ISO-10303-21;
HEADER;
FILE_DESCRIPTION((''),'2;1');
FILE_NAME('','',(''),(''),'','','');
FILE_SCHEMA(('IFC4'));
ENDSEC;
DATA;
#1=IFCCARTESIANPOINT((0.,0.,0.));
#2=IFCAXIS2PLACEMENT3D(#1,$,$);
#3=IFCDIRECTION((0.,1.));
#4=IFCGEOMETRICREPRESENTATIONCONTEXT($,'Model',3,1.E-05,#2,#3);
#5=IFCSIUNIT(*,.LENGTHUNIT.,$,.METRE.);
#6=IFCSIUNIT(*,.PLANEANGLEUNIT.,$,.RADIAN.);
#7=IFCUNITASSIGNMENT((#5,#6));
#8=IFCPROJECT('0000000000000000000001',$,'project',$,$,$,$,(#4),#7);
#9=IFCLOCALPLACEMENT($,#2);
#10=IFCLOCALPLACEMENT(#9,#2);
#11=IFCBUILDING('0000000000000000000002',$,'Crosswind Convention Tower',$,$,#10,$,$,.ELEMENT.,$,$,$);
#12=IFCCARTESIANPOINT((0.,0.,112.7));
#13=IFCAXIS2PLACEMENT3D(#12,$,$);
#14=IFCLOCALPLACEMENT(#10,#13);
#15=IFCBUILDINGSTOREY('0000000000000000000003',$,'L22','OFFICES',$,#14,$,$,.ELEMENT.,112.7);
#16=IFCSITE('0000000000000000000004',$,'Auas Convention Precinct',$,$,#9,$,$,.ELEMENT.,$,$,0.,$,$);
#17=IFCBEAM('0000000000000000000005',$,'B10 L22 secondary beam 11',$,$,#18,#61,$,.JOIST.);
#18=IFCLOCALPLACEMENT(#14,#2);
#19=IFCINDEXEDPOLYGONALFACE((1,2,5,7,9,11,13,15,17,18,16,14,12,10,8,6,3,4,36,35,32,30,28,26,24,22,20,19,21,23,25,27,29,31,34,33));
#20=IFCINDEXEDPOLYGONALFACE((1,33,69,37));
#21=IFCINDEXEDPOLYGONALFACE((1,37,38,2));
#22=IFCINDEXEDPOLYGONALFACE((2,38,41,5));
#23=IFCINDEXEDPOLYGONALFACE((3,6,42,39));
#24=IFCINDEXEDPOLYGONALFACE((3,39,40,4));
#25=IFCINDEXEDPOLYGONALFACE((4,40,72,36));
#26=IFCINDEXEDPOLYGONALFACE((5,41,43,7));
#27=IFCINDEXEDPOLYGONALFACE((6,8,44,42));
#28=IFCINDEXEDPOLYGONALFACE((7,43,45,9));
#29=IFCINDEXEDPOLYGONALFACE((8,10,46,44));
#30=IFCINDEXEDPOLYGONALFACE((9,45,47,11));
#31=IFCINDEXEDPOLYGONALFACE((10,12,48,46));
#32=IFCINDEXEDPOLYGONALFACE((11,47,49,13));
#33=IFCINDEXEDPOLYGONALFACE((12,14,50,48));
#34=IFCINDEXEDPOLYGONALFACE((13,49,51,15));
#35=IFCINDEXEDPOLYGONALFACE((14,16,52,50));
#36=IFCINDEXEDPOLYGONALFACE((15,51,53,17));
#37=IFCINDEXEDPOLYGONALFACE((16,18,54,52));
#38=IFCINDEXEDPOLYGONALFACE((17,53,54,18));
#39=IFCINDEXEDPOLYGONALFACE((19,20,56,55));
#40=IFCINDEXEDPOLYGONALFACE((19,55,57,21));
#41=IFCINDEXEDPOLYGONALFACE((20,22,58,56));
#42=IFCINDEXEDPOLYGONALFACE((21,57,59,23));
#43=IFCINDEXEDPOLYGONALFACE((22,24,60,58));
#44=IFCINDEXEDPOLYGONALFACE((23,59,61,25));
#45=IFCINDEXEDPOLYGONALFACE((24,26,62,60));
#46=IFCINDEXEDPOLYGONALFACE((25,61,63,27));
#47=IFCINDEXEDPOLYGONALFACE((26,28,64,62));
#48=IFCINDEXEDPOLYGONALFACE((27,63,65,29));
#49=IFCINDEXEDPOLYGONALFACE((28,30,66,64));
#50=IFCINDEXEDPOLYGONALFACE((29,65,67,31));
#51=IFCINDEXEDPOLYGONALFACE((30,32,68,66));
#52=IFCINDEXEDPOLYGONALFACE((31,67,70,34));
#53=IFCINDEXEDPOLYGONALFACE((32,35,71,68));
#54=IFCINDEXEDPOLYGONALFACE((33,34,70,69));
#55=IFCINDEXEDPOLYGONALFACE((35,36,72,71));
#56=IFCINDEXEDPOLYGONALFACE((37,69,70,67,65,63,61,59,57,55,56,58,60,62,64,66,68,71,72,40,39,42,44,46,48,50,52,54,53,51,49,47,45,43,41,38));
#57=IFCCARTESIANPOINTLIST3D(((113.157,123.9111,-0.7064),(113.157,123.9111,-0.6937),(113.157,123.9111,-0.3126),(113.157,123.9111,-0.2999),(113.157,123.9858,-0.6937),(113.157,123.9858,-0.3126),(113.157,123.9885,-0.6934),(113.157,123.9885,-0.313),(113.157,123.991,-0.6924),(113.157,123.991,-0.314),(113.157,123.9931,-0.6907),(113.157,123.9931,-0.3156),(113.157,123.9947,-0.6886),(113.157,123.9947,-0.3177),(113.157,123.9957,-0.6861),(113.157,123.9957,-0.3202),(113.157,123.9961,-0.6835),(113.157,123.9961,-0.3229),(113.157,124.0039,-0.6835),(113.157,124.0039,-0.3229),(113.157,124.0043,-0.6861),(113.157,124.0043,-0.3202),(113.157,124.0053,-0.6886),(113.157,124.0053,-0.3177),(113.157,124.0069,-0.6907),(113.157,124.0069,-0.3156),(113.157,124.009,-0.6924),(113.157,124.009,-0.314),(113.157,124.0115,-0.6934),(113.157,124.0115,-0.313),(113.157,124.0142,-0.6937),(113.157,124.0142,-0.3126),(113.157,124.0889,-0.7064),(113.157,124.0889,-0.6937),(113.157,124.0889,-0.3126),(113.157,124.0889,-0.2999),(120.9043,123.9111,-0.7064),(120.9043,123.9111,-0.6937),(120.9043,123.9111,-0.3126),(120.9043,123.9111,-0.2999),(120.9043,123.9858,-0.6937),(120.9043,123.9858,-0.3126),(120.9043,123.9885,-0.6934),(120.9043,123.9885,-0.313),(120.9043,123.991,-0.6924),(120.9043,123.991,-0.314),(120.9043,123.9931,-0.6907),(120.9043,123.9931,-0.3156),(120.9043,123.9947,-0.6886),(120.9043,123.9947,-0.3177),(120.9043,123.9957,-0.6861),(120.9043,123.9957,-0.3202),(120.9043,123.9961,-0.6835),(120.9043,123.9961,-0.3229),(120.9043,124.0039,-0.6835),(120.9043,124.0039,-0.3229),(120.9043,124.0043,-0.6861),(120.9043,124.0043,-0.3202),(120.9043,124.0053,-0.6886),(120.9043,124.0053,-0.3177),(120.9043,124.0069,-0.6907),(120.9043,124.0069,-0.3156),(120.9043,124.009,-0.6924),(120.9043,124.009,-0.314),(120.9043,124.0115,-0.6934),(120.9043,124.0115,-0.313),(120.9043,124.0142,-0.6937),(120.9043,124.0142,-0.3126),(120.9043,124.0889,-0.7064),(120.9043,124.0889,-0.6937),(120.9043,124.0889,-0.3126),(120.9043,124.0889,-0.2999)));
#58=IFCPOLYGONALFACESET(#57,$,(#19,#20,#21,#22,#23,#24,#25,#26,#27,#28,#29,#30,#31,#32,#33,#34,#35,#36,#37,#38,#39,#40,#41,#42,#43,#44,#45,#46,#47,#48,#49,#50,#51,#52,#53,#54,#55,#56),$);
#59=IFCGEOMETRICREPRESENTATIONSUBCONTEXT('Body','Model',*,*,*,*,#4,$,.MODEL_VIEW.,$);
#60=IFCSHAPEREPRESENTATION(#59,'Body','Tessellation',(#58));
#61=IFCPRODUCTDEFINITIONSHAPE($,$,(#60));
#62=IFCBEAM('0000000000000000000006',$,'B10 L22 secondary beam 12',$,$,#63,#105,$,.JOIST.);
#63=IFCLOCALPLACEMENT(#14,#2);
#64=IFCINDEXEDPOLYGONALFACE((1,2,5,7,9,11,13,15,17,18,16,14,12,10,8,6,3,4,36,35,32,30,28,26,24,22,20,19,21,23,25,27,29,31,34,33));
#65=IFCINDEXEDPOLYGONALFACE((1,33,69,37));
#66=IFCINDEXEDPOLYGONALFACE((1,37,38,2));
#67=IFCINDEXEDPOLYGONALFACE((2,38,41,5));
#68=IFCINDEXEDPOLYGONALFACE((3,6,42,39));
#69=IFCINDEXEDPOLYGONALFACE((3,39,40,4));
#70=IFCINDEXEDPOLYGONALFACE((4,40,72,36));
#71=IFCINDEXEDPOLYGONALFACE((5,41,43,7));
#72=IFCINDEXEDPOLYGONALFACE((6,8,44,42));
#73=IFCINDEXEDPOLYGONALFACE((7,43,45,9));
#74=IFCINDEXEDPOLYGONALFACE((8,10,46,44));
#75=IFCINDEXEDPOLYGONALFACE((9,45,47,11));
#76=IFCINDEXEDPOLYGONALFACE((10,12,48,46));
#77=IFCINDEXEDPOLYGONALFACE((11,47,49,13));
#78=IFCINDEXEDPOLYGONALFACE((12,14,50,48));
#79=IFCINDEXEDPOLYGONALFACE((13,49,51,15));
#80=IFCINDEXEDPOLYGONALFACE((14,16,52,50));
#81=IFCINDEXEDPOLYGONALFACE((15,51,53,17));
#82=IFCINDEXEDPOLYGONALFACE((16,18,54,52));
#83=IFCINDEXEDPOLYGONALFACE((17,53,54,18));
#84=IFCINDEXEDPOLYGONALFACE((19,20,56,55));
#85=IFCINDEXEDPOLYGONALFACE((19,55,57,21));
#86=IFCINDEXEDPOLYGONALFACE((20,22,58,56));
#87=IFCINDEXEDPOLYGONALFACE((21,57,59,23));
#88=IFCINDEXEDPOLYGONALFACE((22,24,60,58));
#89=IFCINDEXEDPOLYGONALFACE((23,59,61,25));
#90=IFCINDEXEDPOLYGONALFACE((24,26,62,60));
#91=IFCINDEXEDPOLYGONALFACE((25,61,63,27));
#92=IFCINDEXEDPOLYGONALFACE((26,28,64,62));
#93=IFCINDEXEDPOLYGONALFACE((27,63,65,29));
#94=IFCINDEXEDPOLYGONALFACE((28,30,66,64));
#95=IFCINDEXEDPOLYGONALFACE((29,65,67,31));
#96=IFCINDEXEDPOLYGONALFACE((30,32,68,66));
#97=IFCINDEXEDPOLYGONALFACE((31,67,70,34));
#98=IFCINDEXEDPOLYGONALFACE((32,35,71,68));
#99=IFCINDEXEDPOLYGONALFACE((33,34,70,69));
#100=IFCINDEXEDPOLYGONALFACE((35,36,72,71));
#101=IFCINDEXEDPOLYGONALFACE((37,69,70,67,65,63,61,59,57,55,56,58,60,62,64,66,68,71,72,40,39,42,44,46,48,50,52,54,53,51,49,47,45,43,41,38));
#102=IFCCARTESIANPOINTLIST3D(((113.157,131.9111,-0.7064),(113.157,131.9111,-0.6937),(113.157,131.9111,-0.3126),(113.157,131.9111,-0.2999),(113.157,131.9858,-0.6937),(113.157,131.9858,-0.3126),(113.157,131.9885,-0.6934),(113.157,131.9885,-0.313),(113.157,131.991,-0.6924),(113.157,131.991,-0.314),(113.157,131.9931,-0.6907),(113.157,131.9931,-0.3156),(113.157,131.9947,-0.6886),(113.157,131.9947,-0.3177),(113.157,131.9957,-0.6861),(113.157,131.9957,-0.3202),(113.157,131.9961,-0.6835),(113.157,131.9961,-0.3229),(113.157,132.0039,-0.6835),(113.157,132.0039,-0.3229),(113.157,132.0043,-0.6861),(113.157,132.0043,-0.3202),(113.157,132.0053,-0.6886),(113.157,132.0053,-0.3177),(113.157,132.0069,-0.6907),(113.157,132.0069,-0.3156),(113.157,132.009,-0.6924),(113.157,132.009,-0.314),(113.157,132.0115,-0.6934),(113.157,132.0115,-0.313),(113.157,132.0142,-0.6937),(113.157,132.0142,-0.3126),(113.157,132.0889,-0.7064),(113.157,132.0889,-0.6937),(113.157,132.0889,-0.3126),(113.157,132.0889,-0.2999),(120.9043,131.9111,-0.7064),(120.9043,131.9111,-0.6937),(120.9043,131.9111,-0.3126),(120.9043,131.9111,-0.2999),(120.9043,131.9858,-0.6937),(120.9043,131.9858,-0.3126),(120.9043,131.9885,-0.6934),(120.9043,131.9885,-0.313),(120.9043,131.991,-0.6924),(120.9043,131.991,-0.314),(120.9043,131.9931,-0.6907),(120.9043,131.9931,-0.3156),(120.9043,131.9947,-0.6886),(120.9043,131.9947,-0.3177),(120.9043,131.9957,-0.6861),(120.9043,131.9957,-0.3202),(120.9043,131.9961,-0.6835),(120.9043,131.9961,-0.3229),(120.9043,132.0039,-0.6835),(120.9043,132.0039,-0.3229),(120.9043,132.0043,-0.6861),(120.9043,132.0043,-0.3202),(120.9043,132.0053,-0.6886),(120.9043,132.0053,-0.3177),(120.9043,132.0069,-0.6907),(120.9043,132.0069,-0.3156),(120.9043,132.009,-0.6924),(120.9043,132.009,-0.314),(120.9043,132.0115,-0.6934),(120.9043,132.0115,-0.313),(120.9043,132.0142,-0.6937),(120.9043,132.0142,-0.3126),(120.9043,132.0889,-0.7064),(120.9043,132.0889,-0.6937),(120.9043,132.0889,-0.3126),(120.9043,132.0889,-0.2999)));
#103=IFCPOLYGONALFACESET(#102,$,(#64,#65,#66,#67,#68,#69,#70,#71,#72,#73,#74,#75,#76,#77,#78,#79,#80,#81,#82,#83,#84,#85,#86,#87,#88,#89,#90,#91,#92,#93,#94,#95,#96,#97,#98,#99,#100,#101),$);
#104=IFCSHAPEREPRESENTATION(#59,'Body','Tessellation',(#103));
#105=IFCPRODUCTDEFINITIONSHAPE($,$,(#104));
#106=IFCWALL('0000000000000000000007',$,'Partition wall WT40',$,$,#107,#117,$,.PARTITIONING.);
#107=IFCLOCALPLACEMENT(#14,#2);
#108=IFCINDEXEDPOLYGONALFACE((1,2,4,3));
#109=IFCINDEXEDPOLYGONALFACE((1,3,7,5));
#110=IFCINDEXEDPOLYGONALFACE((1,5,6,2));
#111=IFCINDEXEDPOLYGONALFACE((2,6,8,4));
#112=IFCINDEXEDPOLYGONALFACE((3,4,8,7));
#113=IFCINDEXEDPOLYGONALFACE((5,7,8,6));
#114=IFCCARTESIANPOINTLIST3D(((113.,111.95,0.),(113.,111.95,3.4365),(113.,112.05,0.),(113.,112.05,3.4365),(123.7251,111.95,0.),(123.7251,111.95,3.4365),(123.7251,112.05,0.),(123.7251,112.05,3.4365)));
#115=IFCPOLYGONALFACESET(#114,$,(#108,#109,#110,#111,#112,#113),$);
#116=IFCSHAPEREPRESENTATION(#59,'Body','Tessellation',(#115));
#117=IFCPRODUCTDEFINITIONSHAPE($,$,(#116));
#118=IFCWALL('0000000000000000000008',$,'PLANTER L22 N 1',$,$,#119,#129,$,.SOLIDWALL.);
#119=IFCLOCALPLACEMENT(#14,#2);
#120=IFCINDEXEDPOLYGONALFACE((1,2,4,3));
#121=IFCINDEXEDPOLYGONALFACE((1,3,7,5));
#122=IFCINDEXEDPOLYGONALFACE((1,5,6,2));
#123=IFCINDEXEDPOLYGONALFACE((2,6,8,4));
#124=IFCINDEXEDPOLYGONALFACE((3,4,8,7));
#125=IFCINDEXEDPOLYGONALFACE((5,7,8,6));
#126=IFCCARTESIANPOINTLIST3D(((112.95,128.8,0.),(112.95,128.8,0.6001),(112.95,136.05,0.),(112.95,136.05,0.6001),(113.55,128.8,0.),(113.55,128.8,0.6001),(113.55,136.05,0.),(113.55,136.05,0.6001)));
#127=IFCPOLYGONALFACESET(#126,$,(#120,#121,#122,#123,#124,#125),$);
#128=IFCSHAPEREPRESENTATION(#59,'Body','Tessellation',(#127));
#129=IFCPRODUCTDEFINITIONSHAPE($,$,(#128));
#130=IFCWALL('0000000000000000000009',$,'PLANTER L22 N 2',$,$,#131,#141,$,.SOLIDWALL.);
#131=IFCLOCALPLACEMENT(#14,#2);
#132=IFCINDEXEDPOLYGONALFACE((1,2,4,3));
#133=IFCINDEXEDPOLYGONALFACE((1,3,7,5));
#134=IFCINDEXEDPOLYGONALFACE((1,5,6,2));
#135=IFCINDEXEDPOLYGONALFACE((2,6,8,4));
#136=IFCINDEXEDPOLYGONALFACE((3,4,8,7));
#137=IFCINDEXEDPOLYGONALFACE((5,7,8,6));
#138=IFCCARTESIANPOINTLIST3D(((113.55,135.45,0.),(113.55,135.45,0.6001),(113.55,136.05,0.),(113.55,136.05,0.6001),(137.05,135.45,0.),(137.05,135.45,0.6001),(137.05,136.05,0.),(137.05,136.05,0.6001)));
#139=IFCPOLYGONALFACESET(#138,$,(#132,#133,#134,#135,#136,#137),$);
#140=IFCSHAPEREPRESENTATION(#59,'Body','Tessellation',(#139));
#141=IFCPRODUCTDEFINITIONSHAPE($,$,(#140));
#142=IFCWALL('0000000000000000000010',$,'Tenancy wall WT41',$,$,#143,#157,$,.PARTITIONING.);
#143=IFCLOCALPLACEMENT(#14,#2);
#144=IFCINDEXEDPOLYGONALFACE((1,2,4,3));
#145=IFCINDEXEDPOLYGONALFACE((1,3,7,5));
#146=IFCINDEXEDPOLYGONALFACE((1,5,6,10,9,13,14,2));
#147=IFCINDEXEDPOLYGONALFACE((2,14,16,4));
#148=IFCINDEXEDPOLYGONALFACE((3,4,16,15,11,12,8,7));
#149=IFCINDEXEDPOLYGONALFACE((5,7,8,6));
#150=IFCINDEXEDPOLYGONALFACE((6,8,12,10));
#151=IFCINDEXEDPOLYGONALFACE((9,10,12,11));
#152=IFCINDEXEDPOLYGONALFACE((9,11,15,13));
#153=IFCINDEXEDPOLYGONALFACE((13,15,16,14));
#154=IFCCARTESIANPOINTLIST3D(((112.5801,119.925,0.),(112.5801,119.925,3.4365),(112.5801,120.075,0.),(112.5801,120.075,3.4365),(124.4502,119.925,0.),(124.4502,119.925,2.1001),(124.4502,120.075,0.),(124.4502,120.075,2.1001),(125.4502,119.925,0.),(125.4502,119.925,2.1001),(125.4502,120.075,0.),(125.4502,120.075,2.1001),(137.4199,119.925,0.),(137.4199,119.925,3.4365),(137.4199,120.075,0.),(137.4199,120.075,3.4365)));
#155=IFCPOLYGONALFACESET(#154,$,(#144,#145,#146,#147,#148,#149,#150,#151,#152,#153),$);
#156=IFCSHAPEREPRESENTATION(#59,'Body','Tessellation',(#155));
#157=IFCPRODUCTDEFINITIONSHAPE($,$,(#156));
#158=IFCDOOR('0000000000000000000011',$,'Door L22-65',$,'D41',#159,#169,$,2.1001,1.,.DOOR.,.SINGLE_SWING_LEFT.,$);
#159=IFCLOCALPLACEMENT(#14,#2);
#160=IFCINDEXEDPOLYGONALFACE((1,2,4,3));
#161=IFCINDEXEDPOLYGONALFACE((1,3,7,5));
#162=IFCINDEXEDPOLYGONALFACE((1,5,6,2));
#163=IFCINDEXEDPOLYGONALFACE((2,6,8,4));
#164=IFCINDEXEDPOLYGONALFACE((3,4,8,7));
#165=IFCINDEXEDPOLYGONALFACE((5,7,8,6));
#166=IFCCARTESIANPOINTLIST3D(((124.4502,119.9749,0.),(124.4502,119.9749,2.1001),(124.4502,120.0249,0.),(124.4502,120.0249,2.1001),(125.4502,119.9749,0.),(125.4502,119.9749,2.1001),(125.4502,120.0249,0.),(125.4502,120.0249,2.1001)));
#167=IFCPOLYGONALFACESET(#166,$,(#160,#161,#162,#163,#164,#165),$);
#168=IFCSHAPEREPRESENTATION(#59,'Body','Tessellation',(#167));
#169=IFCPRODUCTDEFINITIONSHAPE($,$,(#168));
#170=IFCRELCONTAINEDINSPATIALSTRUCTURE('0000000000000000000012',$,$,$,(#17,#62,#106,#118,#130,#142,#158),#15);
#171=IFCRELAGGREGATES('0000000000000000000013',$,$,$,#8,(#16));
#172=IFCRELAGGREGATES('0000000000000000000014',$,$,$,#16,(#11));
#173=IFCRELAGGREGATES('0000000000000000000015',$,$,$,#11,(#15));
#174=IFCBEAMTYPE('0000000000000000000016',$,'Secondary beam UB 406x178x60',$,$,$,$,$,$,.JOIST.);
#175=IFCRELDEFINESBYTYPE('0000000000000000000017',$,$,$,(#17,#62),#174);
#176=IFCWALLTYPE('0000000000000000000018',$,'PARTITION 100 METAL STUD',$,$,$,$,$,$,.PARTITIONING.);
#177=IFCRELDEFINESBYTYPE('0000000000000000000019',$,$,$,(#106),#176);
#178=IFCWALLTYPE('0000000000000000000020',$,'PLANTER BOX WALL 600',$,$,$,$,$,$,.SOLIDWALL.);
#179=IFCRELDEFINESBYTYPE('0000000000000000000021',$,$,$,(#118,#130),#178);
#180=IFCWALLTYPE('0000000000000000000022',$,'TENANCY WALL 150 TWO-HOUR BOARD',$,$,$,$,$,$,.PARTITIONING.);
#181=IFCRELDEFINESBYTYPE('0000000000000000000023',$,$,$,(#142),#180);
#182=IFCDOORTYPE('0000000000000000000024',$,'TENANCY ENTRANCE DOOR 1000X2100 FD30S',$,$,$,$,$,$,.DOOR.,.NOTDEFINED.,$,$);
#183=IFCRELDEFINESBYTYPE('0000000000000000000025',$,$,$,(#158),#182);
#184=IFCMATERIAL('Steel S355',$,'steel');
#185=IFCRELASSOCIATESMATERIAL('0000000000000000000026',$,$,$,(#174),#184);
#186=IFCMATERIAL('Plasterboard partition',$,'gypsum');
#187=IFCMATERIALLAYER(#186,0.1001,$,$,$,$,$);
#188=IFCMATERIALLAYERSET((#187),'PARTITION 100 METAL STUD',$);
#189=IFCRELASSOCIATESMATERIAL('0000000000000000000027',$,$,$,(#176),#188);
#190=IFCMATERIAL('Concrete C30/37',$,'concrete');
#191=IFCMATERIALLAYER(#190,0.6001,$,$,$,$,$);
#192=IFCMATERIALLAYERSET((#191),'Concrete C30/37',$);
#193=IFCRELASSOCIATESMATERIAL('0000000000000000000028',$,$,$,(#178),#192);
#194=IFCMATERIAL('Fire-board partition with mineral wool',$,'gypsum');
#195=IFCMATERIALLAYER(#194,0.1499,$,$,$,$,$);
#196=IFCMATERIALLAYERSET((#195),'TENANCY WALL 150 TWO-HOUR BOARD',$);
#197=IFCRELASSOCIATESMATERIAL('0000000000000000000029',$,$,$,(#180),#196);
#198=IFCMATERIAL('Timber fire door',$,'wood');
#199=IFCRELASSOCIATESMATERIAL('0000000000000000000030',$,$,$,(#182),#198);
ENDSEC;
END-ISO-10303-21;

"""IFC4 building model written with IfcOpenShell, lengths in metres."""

from ifc_helpers import new_model, si_unit, direction, frame, frame_2d, origin, origin_2d, place, context, subcontext, project, spatial, rectangle, i_section, extrude, material, layer, layer_set, material_profile, profile_set, type_object, element, fill, save


model = new_model("IFC4")

# Units and contexts
model_context = context("Model", 3, precision=1e-05, world=origin(), true_north=direction((0.0, 1.0)))
body_context = subcontext(model_context, "Body", "Model", "MODEL_VIEW")
ifc_project = project(units=[si_unit("LENGTHUNIT", "METRE"), si_unit("PLANEANGLEUNIT", "RADIAN")], contexts=[model_context])

# Site, building, storey
site_placement = place(None, origin())
site = spatial("IfcSite", under=ifc_project, at=site_placement, Name="Auas Convention Precinct", CompositionType="ELEMENT", RefElevation=0.0)
building_placement = place(site_placement, origin())
building = spatial("IfcBuilding", under=site, at=building_placement, Name="Crosswind Convention Tower", CompositionType="ELEMENT")
storey_placement = place(building_placement, frame((0.0, 0.0, 112.7)))
storey = spatial("IfcBuildingStorey", under=building, at=storey_placement, Name="L22", Description="OFFICES", CompositionType="ELEMENT", Elevation=112.7)

# Beams
ifc_material_1 = material(Name="Steel S355", Category="steel")
ifc_material_profile_1 = material_profile(ifc_material_1, i_section(OverallWidth=0.1777, OverallDepth=0.4065, WebThickness=0.0078, FlangeThickness=0.0127, FilletRadius=0.0103, at=origin_2d()), Name="UB 406x178x60")
ifc_profile_set_1 = profile_set([ifc_material_profile_1], Name="Steel S355")
beam_type_1 = type_object("IfcBeamType", Name="Secondary beam UB 406x178x60", PredefinedType="JOIST", material=ifc_profile_set_1)
for number, where, z_axis, x_axis, name in (
    (1, (113.157, 124.0, -0.5032), (1.0, 0.0, 0.0), (0.0, 1.0, 0.0), "B10 L22 secondary beam 11"),
    (2, (113.157, 132.0, -0.5032), (1.0, 0.0, 0.0), (0.0, 1.0, 0.0), "B10 L22 secondary beam 12"),
):
    element("IfcBeam", number, at=place(storey_placement, frame(where, z_axis=z_axis, x_axis=x_axis)), inside=storey, type_object=beam_type_1, Name=name, PredefinedType="JOIST", context=body_context, shape_type="SweptSolid", body=[
        extrude(i_section(OverallWidth=0.1777, OverallDepth=0.4065, WebThickness=0.0078, FlangeThickness=0.0127, FilletRadius=0.0103, at=origin_2d()), origin(), (0.0, 0.0, 1.0), 7.7473),
    ])

# Walls
ifc_material_2 = material(Name="Plasterboard partition", Category="gypsum")
ifc_layer_1 = layer(ifc_material_2, 0.1001)
ifc_layer_set_1 = layer_set([ifc_layer_1], Name="PARTITION 100 METAL STUD")
wall_type_1 = type_object("IfcWallType", Name="PARTITION 100 METAL STUD", PredefinedType="PARTITIONING", material=ifc_layer_set_1)
wall_1_placement = place(storey_placement, frame((113.0, 112.0, 0.0), z_axis=(0.0, 0.0, 1.0), x_axis=(1.0, 0.0, 0.0)))
element("IfcWall", 3, at=wall_1_placement, inside=storey, type_object=wall_type_1, Name="Partition wall WT40", PredefinedType="PARTITIONING", context=body_context, shape_type="SweptSolid", body=[
    extrude(rectangle(XDim=10.7251, YDim=0.1001, at=frame_2d((5.3625, 0.0))), origin(), (0.0, 0.0, 1.0), 3.4365),
])
ifc_material_3 = material(Name="Concrete C30/37", Category="concrete")
ifc_layer_2 = layer(ifc_material_3, 0.6001)
ifc_layer_set_2 = layer_set([ifc_layer_2], Name="Concrete C30/37")
wall_type_2 = type_object("IfcWallType", Name="PLANTER BOX WALL 600", PredefinedType="SOLIDWALL", material=ifc_layer_set_2)
wall_2_placement = place(storey_placement, frame((113.25, 128.8, 0.0), z_axis=(0.0, 0.0, 1.0), x_axis=(0.0, 1.0, 0.0)))
element("IfcWall", 4, at=wall_2_placement, inside=storey, type_object=wall_type_2, Name="PLANTER L22 N 1", PredefinedType="SOLIDWALL", context=body_context, shape_type="SweptSolid", body=[
    extrude(rectangle(XDim=7.25, YDim=0.6001, at=frame_2d((3.625, 0.0))), origin(), (0.0, 0.0, 1.0), 0.6001),
])
wall_3_placement = place(storey_placement, frame((113.55, 135.75, 0.0), z_axis=(0.0, 0.0, 1.0), x_axis=(1.0, 0.0, 0.0)))
element("IfcWall", 5, at=wall_3_placement, inside=storey, type_object=wall_type_2, Name="PLANTER L22 N 2", PredefinedType="SOLIDWALL", context=body_context, shape_type="SweptSolid", body=[
    extrude(rectangle(XDim=23.5, YDim=0.6001, at=frame_2d((11.75, 0.0))), origin(), (0.0, 0.0, 1.0), 0.6001),
])

# Wall, opening, door
ifc_material_4 = material(Name="Fire-board partition with mineral wool", Category="gypsum")
ifc_layer_3 = layer(ifc_material_4, 0.1499)
ifc_layer_set_3 = layer_set([ifc_layer_3], Name="TENANCY WALL 150 TWO-HOUR BOARD")
wall_type_3 = type_object("IfcWallType", Name="TENANCY WALL 150 TWO-HOUR BOARD", PredefinedType="PARTITIONING", material=ifc_layer_set_3)
wall_4_placement = place(storey_placement, frame((112.5801, 120.0, 0.0), z_axis=(0.0, 0.0, 1.0), x_axis=(1.0, 0.0, 0.0)))
wall_4 = element("IfcWall", 6, at=wall_4_placement, inside=storey, type_object=wall_type_3, Name="Tenancy wall WT41", PredefinedType="PARTITIONING", context=body_context, shape_type="SweptSolid", body=[
    extrude(rectangle(XDim=24.8398, YDim=0.1499, at=frame_2d((12.4199, 0.0))), origin(), (0.0, 0.0, 1.0), 3.4365),
])
opening_1_placement = place(wall_4_placement, frame((11.8701, 0.0, 0.0)))
opening_1 = element("IfcOpeningElement", 7, at=opening_1_placement, cuts=wall_4, PredefinedType="OPENING", context=body_context, shape_type="SweptSolid", body=[
    extrude(rectangle(XDim=1.0, YDim=2.1001, at=frame_2d((0.5, 1.05))), frame((0.0, 0.085, 0.0), z_axis=(0.0, -1.0, 0.0), x_axis=(1.0, 0.0, 0.0)), (0.0, 0.0, 1.0), 0.1699),
])
ifc_material_5 = material(Name="Timber fire door", Category="wood")
door_type = type_object("IfcDoorType", Name="TENANCY ENTRANCE DOOR 1000X2100 FD30S", OperationType="NOTDEFINED", PredefinedType="DOOR", material=ifc_material_5)
door_placement = place(opening_1_placement, origin())
door = element("IfcDoor", 8, at=door_placement, inside=storey, type_object=door_type, Name="Door L22-65", ObjectType="D41", OperationType="SINGLE_SWING_LEFT", OverallHeight=2.1001, OverallWidth=1.0, PredefinedType="DOOR", context=body_context, shape_type="SweptSolid", body=[
    extrude(rectangle(XDim=1.0, YDim=2.1001, at=frame_2d((0.5, 1.05))), frame((0.0, 0.0249, 0.0), z_axis=(0.0, -1.0, 0.0), x_axis=(1.0, 0.0, 0.0)), (0.0, 0.0, 1.0), 0.05),
])
fill(opening_1, door)

save(model, "model.ifc")
